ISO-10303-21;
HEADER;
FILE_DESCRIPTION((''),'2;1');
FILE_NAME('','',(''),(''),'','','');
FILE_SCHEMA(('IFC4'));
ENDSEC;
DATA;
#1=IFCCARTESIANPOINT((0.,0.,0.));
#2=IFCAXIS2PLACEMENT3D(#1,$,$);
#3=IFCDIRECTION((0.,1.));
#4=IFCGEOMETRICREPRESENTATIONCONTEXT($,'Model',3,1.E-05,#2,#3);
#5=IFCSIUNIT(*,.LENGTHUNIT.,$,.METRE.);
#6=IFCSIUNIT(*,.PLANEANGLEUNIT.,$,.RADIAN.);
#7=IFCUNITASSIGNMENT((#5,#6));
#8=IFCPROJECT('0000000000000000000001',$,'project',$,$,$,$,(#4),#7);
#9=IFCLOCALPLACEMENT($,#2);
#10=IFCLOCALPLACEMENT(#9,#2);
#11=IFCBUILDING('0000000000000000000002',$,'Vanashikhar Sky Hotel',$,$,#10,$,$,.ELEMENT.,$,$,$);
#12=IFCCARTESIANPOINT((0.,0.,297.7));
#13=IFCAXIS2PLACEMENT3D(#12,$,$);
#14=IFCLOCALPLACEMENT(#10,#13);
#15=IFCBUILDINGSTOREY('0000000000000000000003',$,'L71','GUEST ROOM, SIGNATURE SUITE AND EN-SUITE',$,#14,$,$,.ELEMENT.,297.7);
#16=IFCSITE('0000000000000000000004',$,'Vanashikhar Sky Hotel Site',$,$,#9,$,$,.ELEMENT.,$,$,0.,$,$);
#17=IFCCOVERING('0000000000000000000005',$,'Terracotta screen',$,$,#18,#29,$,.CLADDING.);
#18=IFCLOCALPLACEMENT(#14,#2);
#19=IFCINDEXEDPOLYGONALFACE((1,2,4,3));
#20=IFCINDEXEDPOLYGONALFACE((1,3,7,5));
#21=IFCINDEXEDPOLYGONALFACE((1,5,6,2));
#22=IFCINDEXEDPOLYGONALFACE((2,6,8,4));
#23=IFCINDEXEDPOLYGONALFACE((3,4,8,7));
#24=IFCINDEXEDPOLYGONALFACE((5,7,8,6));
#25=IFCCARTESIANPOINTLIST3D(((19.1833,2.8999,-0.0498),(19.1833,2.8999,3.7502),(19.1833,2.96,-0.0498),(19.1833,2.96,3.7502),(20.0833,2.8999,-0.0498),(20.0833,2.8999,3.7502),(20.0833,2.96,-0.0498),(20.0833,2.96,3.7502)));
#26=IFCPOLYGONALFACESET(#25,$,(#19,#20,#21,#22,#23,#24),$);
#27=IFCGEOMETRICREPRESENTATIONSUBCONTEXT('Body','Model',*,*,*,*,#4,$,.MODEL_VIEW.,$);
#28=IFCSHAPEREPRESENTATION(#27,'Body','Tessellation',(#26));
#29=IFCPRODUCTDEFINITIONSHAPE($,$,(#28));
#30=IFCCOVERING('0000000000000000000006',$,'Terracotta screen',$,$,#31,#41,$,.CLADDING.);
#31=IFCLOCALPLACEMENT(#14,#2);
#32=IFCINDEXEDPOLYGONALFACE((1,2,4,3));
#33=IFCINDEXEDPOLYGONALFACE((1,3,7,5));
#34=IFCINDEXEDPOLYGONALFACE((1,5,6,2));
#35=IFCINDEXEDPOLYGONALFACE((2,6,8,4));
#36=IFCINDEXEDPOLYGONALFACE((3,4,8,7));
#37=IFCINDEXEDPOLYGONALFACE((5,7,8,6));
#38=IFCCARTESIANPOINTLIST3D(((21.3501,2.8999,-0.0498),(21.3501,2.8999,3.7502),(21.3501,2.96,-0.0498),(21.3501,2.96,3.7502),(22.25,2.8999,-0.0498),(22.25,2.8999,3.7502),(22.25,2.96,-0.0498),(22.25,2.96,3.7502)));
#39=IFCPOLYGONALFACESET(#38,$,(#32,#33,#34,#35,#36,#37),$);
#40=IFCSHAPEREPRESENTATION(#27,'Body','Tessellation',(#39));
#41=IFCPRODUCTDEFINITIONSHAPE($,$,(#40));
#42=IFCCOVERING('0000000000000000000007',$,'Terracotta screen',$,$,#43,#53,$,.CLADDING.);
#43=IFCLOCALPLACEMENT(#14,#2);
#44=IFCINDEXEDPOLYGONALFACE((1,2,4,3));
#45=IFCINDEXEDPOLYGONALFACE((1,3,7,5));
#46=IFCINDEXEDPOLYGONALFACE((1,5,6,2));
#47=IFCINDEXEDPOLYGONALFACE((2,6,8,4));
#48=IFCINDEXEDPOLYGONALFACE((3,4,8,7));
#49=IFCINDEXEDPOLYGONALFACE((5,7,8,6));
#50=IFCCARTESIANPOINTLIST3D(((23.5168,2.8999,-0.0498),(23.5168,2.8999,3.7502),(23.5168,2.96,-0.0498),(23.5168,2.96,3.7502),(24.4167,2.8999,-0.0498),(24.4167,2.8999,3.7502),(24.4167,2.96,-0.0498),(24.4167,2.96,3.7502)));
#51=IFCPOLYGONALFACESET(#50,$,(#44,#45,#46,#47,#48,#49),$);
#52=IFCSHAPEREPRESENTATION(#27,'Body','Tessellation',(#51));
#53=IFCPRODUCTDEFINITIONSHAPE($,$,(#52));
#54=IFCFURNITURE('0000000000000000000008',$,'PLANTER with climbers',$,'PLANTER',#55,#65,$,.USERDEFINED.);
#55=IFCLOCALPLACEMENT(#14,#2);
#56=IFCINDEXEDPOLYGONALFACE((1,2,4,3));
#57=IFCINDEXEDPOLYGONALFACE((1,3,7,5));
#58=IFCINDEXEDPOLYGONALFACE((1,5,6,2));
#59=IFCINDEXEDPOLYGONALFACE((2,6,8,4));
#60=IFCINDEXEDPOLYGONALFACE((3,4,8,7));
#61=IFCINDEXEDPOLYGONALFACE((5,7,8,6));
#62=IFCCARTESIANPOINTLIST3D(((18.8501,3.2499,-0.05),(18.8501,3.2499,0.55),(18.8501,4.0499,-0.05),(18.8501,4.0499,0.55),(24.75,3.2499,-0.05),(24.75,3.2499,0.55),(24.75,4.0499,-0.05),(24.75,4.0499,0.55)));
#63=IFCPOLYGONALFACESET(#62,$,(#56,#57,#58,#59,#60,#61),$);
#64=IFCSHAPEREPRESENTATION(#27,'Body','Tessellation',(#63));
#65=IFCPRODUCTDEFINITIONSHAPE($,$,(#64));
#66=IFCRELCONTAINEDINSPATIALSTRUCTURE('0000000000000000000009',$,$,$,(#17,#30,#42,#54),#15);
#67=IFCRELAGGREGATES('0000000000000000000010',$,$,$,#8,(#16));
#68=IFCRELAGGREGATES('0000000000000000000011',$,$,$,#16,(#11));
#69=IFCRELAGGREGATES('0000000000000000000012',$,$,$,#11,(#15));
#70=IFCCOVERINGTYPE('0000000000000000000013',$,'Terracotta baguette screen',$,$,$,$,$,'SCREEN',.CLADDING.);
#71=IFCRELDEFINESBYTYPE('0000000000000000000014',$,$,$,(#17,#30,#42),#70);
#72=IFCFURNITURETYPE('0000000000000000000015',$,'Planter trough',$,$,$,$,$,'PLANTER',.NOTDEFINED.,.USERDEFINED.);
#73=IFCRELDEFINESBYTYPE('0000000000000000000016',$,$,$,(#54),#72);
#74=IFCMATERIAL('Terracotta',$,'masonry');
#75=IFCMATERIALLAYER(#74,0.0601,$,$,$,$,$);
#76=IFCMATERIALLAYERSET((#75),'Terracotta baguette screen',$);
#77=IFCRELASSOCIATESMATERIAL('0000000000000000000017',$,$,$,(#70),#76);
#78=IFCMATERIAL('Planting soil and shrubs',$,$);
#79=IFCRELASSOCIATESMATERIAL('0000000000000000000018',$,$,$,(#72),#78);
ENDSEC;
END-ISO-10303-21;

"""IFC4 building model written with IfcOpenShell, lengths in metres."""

from ifc_helpers import new_model, si_unit, direction, frame, origin, origin_2d, place, context, subcontext, project, spatial, rectangle, extrude, source, transform, mapped, material, layer, layer_set, type_object, element, save


model = new_model("IFC4")

# Units and contexts
model_context = context("Model", 3, precision=1e-05, world=origin(), true_north=direction((0.0, 1.0)))
body_context = subcontext(model_context, "Body", "Model", "MODEL_VIEW")
ifc_project = project(units=[si_unit("LENGTHUNIT", "METRE"), si_unit("PLANEANGLEUNIT", "RADIAN")], contexts=[model_context])

# Site, building, storey
site_placement = place(None, origin())
site = spatial("IfcSite", under=ifc_project, at=site_placement, Name="Vanashikhar Sky Hotel Site", CompositionType="ELEMENT", RefElevation=0.0)
building_placement = place(site_placement, origin())
building = spatial("IfcBuilding", under=site, at=building_placement, Name="Vanashikhar Sky Hotel", CompositionType="ELEMENT")
storey_placement = place(building_placement, frame((0.0, 0.0, 297.7)))
storey = spatial("IfcBuildingStorey", under=building, at=storey_placement, Name="L71", Description="GUEST ROOM, SIGNATURE SUITE AND EN-SUITE", CompositionType="ELEMENT", Elevation=297.7)

# Coverings
ifc_material_1 = material(Name="Terracotta", Category="masonry")
ifc_layer_1 = layer(ifc_material_1, 0.0601)
ifc_layer_set_1 = layer_set([ifc_layer_1], Name="Terracotta baguette screen")
covering_type = type_object("IfcCoveringType", Name="Terracotta baguette screen", ElementType="SCREEN", PredefinedType="CLADDING", material=ifc_layer_set_1)
shared_shape_1 = source(origin(), body_context, "Body", "SweptSolid", [
    extrude(rectangle(XDim=0.8999, YDim=0.0601, at=origin_2d()), origin(), (0.0, 0.0, 1.0), 3.8),
])
for number, where, z_axis, x_axis, name in (
    (1, (19.6333, 2.9299, -0.0498), (0.0, 0.0, 1.0), (1.0, 0.0, 0.0), "Terracotta screen"),
    (2, (21.8, 2.9299, -0.0498), (0.0, 0.0, 1.0), (1.0, 0.0, 0.0), "Terracotta screen"),
    (3, (23.9668, 2.9299, -0.0498), (0.0, 0.0, 1.0), (1.0, 0.0, 0.0), "Terracotta screen"),
):
    element("IfcCovering", number, at=place(storey_placement, frame(where, z_axis=z_axis, x_axis=x_axis)), inside=storey, type_object=covering_type, Name=name, PredefinedType="CLADDING", context=body_context, shape_type="MappedRepresentation", body=[
        mapped(shared_shape_1, transform((0.0, 0.0, 0.0), scale=1.0)),
    ])

# Furniture
ifc_material_2 = material(Name="Planting soil and shrubs")
furniture_type = type_object("IfcFurnitureType", Name="Planter trough", ElementType="PLANTER", AssemblyPlace="NOTDEFINED", PredefinedType="USERDEFINED", material=ifc_material_2)
shared_shape_2 = source(origin(), body_context, "Body", "SweptSolid", [
    extrude(rectangle(XDim=5.8999, YDim=0.8, at=origin_2d()), origin(), (0.0, 0.0, 1.0), 0.6001),
])
furniture_placement = place(storey_placement, frame((21.8, 3.6499, -0.05), z_axis=(0.0, 0.0, 1.0), x_axis=(1.0, 0.0, 0.0)))
element("IfcFurniture", 4, at=furniture_placement, inside=storey, type_object=furniture_type, Name="PLANTER with climbers", ObjectType="PLANTER", PredefinedType="USERDEFINED", context=body_context, shape_type="MappedRepresentation", body=[
    mapped(shared_shape_2, transform((0.0, 0.0, 0.0), scale=1.0)),
])

save(model, "model.ifc")
